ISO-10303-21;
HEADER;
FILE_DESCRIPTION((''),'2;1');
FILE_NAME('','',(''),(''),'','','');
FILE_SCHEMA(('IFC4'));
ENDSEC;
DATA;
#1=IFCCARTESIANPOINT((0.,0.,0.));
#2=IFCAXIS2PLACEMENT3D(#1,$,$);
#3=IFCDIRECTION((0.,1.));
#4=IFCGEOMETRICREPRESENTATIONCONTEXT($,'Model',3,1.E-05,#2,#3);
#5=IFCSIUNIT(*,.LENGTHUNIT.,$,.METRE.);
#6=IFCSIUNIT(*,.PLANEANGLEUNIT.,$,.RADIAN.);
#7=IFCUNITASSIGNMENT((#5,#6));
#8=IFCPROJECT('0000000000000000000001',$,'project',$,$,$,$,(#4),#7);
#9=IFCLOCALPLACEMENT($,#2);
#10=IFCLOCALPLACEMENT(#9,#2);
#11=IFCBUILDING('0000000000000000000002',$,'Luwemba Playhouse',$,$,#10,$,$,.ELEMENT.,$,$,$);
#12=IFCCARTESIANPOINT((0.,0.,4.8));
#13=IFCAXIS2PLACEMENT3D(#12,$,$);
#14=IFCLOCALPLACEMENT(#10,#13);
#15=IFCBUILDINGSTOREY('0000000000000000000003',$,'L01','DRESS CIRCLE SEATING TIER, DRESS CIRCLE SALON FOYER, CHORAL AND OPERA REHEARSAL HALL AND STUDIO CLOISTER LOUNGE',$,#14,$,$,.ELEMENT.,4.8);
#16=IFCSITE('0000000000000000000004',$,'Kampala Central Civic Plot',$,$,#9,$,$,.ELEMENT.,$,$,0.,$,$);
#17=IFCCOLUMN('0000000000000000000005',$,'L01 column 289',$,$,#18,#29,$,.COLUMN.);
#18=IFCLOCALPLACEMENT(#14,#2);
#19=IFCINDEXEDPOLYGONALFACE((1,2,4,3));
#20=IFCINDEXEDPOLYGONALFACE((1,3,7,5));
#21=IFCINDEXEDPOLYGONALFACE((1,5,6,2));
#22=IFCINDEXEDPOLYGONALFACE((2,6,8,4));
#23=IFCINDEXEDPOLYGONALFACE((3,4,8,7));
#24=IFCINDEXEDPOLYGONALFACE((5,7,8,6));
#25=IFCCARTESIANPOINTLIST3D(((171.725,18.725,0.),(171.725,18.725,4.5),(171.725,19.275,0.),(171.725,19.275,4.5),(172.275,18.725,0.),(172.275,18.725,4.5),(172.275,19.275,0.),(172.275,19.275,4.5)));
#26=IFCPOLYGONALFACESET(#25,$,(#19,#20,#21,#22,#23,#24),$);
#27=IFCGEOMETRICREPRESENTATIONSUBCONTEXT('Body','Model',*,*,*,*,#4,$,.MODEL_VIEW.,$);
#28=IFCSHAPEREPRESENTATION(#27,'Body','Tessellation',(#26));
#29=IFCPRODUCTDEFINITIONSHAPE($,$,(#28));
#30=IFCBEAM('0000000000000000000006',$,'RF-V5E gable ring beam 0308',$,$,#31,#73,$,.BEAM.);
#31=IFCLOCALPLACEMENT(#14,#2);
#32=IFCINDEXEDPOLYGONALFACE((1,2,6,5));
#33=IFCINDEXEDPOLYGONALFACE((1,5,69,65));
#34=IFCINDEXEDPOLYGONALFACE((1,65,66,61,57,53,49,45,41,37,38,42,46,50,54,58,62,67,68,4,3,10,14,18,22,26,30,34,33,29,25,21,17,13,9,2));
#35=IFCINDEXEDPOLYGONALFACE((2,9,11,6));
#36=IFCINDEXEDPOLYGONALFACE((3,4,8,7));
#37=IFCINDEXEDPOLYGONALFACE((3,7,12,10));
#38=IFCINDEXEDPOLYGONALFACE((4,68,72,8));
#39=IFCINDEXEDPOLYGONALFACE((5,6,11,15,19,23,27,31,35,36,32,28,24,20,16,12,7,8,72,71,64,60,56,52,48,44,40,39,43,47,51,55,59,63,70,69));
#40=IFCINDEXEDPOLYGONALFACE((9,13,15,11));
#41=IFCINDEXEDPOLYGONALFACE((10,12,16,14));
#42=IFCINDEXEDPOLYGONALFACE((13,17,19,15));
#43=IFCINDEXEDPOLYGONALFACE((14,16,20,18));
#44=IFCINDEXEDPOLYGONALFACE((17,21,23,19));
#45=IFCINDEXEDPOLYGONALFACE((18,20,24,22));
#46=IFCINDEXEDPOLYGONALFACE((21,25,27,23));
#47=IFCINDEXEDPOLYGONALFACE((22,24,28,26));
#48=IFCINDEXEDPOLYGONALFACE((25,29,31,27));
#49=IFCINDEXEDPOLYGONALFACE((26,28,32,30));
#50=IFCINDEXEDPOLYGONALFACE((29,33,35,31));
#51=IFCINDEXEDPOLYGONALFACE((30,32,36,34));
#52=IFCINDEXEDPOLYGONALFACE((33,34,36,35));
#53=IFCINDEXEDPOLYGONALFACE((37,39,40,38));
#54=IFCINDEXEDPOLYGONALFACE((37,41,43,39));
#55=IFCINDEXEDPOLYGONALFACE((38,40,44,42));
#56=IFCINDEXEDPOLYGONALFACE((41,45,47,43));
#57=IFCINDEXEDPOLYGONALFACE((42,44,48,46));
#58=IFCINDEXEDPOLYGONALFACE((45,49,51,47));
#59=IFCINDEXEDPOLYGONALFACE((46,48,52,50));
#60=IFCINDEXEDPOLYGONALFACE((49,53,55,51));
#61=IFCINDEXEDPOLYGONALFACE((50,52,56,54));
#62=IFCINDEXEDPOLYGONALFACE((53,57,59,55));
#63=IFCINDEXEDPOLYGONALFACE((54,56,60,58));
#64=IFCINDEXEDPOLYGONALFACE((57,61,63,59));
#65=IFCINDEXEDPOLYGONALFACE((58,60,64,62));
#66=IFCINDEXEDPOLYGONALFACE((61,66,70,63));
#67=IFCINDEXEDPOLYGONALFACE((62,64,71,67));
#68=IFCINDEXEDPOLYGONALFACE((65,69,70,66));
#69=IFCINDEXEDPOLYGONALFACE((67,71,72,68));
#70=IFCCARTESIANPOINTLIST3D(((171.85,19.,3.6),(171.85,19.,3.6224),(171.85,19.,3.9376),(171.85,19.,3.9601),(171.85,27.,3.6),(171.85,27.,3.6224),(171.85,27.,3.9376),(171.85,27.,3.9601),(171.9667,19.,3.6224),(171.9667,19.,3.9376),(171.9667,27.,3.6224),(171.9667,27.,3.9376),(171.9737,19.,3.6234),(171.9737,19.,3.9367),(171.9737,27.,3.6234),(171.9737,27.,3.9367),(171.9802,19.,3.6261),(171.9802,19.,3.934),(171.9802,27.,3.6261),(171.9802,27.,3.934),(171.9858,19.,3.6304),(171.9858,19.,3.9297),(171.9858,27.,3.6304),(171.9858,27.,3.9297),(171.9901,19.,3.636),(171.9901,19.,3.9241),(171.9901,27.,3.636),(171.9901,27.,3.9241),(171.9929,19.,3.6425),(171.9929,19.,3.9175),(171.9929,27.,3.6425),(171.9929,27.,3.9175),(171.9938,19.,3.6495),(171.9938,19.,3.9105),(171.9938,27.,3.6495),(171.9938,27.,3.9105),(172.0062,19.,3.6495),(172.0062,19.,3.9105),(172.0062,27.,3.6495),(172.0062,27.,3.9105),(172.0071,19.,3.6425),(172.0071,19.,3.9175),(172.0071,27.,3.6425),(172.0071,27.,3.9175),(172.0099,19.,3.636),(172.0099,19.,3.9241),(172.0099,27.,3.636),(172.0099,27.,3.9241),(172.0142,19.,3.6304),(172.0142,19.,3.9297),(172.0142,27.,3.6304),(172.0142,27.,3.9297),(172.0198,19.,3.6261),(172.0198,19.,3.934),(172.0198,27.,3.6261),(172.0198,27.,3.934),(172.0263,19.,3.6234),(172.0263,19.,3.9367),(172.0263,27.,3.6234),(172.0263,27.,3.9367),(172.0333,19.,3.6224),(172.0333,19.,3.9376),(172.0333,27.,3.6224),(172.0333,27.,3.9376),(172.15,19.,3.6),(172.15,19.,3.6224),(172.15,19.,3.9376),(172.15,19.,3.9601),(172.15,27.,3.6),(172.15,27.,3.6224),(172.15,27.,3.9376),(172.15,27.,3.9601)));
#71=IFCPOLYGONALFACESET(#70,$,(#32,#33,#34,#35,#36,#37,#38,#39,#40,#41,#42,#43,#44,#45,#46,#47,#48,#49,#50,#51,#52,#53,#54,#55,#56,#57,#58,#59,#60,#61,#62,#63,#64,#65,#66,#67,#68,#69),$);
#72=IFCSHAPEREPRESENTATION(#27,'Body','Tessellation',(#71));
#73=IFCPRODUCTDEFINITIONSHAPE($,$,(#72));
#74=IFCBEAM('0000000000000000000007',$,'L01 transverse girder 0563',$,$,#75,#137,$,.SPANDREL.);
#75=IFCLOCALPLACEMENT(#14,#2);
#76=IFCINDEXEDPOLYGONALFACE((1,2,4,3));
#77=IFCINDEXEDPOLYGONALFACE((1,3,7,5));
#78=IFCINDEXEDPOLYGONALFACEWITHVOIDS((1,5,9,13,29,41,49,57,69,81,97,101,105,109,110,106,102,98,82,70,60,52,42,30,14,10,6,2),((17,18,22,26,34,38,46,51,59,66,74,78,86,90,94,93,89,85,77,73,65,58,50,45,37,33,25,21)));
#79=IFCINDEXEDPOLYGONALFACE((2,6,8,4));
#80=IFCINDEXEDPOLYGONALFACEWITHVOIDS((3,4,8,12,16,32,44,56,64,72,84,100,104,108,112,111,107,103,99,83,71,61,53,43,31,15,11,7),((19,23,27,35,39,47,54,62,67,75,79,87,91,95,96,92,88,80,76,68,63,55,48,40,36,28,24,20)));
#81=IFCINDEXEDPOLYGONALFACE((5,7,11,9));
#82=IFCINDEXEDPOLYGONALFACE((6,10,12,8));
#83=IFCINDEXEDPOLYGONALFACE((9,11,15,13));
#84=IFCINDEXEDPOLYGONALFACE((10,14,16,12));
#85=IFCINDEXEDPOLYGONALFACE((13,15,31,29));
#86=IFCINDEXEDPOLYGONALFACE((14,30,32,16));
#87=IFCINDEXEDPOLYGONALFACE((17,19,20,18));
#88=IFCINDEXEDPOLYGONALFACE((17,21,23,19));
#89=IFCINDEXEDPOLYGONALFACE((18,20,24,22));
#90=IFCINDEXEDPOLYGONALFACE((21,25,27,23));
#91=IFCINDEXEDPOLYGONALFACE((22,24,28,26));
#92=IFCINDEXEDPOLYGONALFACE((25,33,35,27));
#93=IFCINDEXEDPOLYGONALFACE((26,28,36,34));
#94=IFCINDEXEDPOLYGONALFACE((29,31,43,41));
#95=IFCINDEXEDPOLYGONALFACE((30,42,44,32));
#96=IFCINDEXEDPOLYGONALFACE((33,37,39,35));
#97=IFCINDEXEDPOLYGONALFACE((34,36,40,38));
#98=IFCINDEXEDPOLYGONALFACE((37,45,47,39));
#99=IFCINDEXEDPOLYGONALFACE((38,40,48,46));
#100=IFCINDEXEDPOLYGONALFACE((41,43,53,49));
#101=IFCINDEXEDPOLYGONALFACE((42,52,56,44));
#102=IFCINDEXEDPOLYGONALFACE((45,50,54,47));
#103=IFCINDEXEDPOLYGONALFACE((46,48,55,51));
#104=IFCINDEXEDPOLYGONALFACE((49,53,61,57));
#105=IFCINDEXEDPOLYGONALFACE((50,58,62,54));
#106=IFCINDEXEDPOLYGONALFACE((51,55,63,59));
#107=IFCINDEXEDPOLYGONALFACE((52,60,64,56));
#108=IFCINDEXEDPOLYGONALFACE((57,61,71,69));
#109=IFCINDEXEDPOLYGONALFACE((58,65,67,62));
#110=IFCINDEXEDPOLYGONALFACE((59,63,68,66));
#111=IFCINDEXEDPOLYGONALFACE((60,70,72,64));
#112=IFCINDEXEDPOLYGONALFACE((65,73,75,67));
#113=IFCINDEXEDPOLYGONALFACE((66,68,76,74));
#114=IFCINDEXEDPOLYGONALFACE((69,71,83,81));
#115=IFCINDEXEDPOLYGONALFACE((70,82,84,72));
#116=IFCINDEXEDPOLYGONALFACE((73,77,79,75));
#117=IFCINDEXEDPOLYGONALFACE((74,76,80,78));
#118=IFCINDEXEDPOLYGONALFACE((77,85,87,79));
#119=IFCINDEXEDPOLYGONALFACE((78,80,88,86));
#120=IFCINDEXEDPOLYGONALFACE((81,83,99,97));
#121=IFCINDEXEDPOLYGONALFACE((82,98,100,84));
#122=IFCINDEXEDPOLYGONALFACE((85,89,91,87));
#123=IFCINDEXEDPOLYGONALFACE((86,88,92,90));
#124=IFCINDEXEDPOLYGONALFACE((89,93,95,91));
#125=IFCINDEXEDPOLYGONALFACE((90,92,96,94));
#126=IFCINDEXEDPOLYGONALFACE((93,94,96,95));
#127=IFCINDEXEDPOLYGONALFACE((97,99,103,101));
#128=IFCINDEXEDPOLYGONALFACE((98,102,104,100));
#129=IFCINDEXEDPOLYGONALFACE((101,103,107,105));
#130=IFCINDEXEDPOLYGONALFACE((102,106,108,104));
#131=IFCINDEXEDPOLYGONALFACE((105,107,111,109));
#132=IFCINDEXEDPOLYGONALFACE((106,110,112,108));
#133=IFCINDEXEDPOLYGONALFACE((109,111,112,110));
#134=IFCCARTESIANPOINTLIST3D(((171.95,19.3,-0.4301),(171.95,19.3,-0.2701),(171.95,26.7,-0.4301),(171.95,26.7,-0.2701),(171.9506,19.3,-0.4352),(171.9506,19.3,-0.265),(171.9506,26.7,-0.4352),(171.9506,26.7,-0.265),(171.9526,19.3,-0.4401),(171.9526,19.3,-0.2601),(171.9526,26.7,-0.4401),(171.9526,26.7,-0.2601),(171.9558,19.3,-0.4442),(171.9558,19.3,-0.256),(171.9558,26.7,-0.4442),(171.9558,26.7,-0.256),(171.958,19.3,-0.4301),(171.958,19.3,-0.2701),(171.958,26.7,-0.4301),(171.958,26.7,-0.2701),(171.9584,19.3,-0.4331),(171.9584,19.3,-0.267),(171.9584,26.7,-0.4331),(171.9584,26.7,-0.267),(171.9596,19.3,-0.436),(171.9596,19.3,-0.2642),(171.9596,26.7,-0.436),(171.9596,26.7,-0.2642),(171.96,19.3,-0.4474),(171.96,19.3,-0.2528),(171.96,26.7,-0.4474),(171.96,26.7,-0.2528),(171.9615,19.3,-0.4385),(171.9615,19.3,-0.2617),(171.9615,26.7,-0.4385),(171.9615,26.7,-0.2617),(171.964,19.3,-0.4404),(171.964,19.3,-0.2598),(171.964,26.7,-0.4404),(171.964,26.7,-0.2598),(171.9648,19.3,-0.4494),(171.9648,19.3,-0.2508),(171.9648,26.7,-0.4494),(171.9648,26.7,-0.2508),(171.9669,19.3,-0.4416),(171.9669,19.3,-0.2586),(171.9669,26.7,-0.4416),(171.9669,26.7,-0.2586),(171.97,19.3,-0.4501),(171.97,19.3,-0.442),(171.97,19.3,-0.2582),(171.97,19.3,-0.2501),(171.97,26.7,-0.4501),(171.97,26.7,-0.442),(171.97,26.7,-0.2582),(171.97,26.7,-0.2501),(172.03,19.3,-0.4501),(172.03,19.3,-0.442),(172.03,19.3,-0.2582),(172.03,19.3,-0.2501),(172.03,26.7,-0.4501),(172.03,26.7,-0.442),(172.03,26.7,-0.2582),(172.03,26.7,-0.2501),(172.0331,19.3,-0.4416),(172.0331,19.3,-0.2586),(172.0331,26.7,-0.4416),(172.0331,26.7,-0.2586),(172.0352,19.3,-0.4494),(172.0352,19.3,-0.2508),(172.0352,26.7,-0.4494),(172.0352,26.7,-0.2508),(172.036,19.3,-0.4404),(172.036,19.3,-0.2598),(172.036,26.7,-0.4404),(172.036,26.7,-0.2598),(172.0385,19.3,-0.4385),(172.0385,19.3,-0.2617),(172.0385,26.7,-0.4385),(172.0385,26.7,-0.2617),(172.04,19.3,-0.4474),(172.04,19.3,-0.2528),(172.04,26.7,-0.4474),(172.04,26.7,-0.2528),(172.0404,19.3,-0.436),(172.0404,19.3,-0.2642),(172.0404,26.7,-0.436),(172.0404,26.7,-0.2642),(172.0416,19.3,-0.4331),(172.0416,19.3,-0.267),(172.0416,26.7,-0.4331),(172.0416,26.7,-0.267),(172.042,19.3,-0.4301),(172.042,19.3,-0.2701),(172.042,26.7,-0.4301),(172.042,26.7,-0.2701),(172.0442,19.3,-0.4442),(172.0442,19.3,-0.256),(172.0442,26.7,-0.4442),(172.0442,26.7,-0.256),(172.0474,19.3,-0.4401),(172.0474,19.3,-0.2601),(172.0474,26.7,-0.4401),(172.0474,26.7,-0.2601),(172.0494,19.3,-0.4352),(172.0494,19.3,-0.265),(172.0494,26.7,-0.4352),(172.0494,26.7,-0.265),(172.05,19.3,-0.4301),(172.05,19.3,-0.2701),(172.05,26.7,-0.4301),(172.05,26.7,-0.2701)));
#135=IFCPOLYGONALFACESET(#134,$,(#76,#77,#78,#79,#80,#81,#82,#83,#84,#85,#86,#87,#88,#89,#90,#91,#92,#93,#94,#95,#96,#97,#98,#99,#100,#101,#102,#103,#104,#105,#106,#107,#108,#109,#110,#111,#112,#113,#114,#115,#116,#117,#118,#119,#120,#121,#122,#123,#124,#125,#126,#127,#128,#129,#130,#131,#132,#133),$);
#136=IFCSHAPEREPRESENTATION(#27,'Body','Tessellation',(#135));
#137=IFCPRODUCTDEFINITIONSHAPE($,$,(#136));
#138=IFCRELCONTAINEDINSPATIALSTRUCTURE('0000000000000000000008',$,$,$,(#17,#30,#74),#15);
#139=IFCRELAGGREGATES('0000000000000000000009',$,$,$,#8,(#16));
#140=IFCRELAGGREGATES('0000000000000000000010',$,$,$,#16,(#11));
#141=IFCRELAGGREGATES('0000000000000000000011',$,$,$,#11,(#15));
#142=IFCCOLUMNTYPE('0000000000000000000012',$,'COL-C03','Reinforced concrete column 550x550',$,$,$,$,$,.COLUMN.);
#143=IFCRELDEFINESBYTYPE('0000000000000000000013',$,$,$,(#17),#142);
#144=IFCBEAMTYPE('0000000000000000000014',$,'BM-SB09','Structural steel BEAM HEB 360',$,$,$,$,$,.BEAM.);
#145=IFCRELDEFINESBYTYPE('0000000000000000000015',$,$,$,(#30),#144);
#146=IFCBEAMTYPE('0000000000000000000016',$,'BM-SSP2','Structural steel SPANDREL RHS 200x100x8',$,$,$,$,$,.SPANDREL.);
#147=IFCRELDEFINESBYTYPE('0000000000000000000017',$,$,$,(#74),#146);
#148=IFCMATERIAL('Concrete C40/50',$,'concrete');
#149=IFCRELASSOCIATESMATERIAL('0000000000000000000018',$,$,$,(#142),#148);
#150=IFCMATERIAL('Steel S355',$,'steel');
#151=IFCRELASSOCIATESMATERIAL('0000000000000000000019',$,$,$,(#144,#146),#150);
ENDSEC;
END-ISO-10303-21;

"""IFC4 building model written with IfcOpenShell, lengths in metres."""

from ifc_helpers import new_model, si_unit, direction, frame, origin, origin_2d, place, context, subcontext, project, spatial, rectangle, hollow_rectangle, i_section, extrude, material, material_profile, profile_set, type_object, element, save


model = new_model("IFC4")

# Units and contexts
model_context = context("Model", 3, precision=1e-05, world=origin(), true_north=direction((0.0, 1.0)))
body_context = subcontext(model_context, "Body", "Model", "MODEL_VIEW")
ifc_project = project(units=[si_unit("LENGTHUNIT", "METRE"), si_unit("PLANEANGLEUNIT", "RADIAN")], contexts=[model_context])

# Site, building, storey
site_placement = place(None, origin())
site = spatial("IfcSite", under=ifc_project, at=site_placement, Name="Kampala Central Civic Plot", CompositionType="ELEMENT", RefElevation=0.0)
building_placement = place(site_placement, origin())
building = spatial("IfcBuilding", under=site, at=building_placement, Name="Luwemba Playhouse", CompositionType="ELEMENT")
storey_placement = place(building_placement, frame((0.0, 0.0, 4.8)))
storey = spatial("IfcBuildingStorey", under=building, at=storey_placement, Name="L01", Description="DRESS CIRCLE SEATING TIER, DRESS CIRCLE SALON FOYER, CHORAL AND OPERA REHEARSAL HALL AND STUDIO CLOISTER LOUNGE", CompositionType="ELEMENT", Elevation=4.8)

# Column
ifc_material_1 = material(Name="Concrete C40/50", Category="concrete")
ifc_material_profile_1 = material_profile(ifc_material_1, rectangle(XDim=0.55, YDim=0.55, at=origin_2d()))
ifc_profile_set_1 = profile_set([ifc_material_profile_1], Name="Concrete C40/50")
column_type = type_object("IfcColumnType", Name="COL-C03", Description="Reinforced concrete column 550x550", PredefinedType="COLUMN", material=ifc_profile_set_1)
column_placement = place(storey_placement, frame((172.0, 19.0, 0.0), z_axis=(0.0, 0.0, 1.0), x_axis=(1.0, 0.0, 0.0)))
element("IfcColumn", 1, at=column_placement, inside=storey, type_object=column_type, Name="L01 column 289", PredefinedType="COLUMN", context=body_context, shape_type="SweptSolid", body=[
    extrude(rectangle(XDim=0.55, YDim=0.55, at=origin_2d()), origin(), (0.0, 0.0, 1.0), 4.5),
])

# Beams
ifc_material_2 = material(Name="Steel S355", Category="steel")
ifc_material_profile_2 = material_profile(ifc_material_2, i_section(OverallWidth=0.3, OverallDepth=0.3601, WebThickness=0.0125, FlangeThickness=0.0225, FilletRadius=0.0271, at=origin_2d()))
ifc_profile_set_2 = profile_set([ifc_material_profile_2], Name="Steel S355")
beam_type_1 = type_object("IfcBeamType", Name="BM-SB09", Description="Structural steel BEAM HEB 360", PredefinedType="BEAM", material=ifc_profile_set_2)
beam_1_placement = place(storey_placement, frame((172.0, 19.0, 3.78), z_axis=(0.0, 1.0, 0.0), x_axis=(-1.0, 0.0, 0.0)))
element("IfcBeam", 2, at=beam_1_placement, inside=storey, type_object=beam_type_1, Name="RF-V5E gable ring beam 0308", PredefinedType="BEAM", context=body_context, shape_type="SweptSolid", body=[
    extrude(i_section(OverallWidth=0.3, OverallDepth=0.3601, WebThickness=0.0125, FlangeThickness=0.0225, FilletRadius=0.0271, at=origin_2d()), origin(), (0.0, 0.0, 1.0), 8.0),
])
ifc_material_profile_3 = material_profile(ifc_material_2, hollow_rectangle(XDim=0.1001, YDim=0.2, WallThickness=0.0081, InnerFilletRadius=0.012, OuterFilletRadius=0.02, at=origin_2d()))
ifc_profile_set_3 = profile_set([ifc_material_profile_3], Name="Steel S355")
beam_type_2 = type_object("IfcBeamType", Name="BM-SSP2", Description="Structural steel SPANDREL RHS 200x100x8", PredefinedType="SPANDREL", material=ifc_profile_set_3)
beam_2_placement = place(storey_placement, frame((172.0, 19.3, -0.3501), z_axis=(0.0, 1.0, 0.0), x_axis=(-1.0, 0.0, 0.0)))
element("IfcBeam", 3, at=beam_2_placement, inside=storey, type_object=beam_type_2, Name="L01 transverse girder 0563", PredefinedType="SPANDREL", context=body_context, shape_type="SweptSolid", body=[
    extrude(hollow_rectangle(XDim=0.1001, YDim=0.2, WallThickness=0.0081, InnerFilletRadius=0.012, OuterFilletRadius=0.02, at=origin_2d()), origin(), (0.0, 0.0, 1.0), 7.3999),
])

save(model, "model.ifc")
